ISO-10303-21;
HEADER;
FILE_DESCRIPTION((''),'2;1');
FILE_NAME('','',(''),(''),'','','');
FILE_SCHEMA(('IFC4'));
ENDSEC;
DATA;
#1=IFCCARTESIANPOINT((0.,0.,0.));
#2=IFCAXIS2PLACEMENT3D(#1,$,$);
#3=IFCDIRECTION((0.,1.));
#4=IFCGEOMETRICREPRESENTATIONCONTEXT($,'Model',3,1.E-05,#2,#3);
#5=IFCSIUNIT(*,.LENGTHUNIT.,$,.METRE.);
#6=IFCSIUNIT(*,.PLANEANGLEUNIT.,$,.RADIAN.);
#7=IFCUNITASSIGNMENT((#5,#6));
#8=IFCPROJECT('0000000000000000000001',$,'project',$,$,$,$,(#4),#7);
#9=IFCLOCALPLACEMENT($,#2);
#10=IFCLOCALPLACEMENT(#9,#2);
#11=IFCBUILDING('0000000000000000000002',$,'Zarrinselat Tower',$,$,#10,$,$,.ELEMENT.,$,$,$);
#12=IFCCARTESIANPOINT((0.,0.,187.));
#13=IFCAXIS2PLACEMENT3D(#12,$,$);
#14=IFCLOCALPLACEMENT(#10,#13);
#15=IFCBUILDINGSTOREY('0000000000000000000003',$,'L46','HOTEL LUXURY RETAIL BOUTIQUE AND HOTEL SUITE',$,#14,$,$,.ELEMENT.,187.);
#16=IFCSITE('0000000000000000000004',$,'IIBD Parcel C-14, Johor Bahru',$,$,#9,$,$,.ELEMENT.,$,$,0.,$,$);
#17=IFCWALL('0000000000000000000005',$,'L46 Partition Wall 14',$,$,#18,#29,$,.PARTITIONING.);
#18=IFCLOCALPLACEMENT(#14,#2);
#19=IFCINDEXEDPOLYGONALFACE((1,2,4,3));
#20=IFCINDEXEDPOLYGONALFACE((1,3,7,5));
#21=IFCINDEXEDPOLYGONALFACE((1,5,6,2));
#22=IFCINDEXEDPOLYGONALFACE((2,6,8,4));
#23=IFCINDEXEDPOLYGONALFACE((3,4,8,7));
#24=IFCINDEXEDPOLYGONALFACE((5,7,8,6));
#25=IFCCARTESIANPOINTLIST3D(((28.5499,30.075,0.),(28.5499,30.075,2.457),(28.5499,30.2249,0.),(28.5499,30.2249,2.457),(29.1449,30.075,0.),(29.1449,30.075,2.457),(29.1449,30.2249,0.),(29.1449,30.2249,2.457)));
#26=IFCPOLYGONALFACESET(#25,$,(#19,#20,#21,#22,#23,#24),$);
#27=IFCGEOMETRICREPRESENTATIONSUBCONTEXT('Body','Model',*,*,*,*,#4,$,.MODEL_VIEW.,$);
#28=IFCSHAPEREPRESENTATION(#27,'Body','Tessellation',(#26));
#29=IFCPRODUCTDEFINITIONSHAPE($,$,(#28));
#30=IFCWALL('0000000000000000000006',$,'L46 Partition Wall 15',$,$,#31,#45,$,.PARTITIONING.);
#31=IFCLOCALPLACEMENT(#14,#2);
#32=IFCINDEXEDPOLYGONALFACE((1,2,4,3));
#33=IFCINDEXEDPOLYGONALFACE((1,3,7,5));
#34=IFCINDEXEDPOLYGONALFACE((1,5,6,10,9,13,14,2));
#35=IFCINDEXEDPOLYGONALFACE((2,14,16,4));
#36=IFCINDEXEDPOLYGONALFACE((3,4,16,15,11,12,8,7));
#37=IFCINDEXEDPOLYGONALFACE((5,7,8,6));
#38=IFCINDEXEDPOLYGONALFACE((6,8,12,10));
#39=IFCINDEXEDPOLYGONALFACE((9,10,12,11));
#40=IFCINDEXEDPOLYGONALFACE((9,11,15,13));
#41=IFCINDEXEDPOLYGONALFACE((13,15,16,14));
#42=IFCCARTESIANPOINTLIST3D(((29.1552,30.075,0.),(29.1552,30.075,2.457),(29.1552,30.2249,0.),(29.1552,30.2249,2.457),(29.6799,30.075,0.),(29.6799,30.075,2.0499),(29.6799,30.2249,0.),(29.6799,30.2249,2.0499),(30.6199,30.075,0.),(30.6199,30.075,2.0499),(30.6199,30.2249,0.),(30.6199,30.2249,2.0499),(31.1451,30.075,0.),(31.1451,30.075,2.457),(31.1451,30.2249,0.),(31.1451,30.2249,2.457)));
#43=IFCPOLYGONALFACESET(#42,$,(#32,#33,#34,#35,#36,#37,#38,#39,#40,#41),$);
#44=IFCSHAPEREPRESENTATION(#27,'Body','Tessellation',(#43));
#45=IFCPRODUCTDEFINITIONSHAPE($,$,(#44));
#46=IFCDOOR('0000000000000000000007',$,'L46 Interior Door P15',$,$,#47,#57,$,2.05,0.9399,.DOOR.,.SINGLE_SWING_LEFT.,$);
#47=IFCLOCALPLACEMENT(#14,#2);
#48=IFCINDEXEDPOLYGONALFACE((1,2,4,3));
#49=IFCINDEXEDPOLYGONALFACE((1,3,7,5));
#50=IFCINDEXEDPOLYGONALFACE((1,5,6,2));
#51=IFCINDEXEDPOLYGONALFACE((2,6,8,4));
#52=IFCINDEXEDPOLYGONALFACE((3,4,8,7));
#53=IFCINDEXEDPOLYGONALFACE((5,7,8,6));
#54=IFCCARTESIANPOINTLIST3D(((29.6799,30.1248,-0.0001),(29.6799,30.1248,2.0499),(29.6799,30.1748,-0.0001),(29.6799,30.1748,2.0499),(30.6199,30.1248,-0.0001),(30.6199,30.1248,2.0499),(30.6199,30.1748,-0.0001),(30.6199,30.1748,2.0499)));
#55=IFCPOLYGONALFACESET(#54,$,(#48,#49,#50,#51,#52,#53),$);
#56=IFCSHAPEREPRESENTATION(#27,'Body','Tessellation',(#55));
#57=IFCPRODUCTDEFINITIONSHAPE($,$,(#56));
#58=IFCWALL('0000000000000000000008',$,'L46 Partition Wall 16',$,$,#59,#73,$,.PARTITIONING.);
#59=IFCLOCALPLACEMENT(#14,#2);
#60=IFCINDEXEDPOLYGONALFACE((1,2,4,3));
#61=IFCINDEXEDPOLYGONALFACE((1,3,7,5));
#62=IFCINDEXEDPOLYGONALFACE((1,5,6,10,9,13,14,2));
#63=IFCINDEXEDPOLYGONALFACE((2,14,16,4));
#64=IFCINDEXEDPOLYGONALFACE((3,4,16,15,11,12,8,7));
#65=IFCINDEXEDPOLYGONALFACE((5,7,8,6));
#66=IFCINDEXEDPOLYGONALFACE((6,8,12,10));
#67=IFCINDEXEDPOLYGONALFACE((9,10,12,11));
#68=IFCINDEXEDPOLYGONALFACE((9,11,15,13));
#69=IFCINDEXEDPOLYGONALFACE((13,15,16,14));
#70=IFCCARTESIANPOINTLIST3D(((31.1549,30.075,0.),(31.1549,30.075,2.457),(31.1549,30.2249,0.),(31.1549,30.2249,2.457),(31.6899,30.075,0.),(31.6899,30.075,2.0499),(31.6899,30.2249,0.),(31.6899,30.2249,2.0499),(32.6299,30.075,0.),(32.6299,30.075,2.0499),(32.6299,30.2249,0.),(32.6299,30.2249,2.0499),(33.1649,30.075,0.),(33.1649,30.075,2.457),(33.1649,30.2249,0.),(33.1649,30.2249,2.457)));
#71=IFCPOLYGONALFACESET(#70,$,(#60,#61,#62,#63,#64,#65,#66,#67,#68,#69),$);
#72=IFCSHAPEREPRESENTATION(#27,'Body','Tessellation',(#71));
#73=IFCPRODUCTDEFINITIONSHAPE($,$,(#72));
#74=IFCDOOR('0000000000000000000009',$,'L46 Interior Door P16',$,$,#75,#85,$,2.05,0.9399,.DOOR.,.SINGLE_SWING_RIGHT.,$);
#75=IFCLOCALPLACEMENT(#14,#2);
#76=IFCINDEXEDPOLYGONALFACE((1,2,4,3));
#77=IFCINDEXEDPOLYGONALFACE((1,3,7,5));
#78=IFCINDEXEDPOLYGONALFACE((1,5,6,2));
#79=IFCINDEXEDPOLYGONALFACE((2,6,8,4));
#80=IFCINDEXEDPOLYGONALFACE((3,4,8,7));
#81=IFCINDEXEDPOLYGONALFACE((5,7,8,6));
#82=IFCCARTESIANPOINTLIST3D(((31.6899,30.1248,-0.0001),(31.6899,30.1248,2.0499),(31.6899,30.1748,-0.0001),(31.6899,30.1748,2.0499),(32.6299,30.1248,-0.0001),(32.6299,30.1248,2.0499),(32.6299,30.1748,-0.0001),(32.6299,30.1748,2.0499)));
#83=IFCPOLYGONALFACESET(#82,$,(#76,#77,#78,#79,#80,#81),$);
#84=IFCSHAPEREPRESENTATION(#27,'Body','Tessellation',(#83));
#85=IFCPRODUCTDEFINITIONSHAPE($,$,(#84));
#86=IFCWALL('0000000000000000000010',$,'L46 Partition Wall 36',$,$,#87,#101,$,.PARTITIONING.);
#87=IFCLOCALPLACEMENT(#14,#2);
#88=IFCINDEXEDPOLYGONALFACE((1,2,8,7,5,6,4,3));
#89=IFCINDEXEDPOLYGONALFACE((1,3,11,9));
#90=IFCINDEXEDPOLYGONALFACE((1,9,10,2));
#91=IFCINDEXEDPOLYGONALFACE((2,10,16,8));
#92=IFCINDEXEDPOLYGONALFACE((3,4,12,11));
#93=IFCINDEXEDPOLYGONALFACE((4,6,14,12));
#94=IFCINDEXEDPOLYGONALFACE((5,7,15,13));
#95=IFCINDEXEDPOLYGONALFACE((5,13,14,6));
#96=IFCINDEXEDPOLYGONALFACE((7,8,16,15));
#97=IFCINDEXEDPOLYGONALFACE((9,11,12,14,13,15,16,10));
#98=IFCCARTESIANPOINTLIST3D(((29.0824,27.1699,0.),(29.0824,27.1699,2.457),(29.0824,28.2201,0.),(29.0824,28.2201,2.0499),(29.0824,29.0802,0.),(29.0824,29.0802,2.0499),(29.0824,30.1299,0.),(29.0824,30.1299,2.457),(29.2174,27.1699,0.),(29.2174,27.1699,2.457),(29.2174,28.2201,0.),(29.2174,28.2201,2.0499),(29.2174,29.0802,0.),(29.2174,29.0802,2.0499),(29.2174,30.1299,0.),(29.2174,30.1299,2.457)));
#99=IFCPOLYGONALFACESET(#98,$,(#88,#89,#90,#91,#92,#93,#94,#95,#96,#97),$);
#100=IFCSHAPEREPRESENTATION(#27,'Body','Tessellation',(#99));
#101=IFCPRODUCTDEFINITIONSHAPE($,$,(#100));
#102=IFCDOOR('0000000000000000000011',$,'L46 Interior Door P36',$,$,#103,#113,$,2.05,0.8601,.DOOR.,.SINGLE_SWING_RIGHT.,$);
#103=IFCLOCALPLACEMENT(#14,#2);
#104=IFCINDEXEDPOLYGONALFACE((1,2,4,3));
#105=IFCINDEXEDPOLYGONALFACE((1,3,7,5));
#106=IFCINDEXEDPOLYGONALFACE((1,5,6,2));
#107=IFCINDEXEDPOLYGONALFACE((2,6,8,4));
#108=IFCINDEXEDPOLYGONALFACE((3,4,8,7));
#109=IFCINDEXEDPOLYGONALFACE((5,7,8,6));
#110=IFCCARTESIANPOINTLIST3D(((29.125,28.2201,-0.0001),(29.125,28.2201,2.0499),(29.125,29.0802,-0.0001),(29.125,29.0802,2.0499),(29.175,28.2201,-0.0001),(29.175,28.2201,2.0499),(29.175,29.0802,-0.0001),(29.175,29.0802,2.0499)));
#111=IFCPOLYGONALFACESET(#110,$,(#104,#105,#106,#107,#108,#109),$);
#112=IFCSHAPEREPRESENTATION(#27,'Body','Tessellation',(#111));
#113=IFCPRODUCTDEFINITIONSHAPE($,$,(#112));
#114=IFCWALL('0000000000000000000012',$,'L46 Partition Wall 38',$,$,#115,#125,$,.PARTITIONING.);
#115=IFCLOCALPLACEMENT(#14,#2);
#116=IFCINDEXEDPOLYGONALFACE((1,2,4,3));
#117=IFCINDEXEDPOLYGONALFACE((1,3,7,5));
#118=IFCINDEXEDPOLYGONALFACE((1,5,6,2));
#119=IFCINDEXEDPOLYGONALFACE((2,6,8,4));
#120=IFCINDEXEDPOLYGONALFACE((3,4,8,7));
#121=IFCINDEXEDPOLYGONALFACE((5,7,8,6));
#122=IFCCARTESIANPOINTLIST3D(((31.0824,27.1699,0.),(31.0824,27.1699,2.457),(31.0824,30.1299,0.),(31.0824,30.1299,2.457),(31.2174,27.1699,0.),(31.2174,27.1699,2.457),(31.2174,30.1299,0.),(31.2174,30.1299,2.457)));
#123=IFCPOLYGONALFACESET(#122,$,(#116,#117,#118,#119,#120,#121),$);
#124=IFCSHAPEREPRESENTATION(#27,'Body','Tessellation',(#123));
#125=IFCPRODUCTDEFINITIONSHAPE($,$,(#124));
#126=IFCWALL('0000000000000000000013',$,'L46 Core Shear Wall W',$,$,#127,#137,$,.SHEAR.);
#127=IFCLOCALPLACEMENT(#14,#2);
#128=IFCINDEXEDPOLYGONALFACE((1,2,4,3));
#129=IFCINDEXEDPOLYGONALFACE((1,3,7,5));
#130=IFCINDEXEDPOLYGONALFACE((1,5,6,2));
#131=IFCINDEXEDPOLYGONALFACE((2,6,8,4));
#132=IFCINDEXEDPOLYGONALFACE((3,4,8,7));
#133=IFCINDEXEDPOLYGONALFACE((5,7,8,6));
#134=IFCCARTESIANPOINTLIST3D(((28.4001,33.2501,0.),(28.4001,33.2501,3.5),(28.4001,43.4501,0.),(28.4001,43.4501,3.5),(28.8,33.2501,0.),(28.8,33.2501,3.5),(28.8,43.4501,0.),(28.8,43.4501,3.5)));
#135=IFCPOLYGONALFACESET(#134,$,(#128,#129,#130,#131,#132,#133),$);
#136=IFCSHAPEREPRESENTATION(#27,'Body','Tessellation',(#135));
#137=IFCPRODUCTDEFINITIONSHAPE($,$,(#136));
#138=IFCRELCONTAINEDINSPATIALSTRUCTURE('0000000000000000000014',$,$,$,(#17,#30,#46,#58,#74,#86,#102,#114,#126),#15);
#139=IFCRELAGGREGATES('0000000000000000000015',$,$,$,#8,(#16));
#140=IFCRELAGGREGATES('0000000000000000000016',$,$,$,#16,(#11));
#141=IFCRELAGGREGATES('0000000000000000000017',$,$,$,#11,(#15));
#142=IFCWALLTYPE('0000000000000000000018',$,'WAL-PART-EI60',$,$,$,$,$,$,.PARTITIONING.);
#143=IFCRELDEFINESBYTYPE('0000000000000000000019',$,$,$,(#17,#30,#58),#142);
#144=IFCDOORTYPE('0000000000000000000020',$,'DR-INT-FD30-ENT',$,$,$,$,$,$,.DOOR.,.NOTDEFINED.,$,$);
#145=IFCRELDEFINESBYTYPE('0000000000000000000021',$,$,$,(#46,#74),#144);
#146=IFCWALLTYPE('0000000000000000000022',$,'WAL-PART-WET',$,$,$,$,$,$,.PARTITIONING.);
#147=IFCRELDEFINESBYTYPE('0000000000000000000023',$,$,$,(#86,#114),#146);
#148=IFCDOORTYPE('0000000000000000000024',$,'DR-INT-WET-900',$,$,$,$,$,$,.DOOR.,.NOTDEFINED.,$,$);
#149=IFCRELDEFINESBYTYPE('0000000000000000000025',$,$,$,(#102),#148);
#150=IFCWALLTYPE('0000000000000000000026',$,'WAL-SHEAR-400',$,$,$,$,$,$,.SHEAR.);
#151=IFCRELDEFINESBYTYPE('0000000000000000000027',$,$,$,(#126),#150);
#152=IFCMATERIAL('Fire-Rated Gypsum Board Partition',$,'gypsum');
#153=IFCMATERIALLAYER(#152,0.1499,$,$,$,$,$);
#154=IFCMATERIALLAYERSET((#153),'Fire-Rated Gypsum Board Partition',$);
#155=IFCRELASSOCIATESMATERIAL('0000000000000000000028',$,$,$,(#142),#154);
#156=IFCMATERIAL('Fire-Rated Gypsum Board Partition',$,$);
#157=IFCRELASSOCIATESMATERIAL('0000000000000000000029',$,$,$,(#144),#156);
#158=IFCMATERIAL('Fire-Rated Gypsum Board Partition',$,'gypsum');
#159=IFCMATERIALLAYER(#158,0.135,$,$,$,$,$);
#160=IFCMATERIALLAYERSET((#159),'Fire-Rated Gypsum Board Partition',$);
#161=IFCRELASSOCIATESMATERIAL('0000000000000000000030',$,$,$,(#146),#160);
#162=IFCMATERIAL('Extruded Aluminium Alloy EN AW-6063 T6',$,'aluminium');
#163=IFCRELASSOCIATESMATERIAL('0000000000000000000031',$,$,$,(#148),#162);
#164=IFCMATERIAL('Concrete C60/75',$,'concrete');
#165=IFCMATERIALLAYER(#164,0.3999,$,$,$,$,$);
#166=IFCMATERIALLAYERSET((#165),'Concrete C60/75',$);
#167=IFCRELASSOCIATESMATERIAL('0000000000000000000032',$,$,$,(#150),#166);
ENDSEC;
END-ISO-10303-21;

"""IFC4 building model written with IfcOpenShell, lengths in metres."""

from ifc_helpers import new_model, si_unit, direction, frame, frame_2d, origin, place, context, subcontext, project, spatial, rectangle, extrude, material, layer, layer_set, type_object, element, fill, save


model = new_model("IFC4")

# Units and contexts
model_context = context("Model", 3, precision=1e-05, world=origin(), true_north=direction((0.0, 1.0)))
body_context = subcontext(model_context, "Body", "Model", "MODEL_VIEW")
ifc_project = project(units=[si_unit("LENGTHUNIT", "METRE"), si_unit("PLANEANGLEUNIT", "RADIAN")], contexts=[model_context])

# Site, building, storey
site_placement = place(None, origin())
site = spatial("IfcSite", under=ifc_project, at=site_placement, Name="IIBD Parcel C-14, Johor Bahru", CompositionType="ELEMENT", RefElevation=0.0)
building_placement = place(site_placement, origin())
building = spatial("IfcBuilding", under=site, at=building_placement, Name="Zarrinselat Tower", CompositionType="ELEMENT")
storey_placement = place(building_placement, frame((0.0, 0.0, 187.0)))
storey = spatial("IfcBuildingStorey", under=building, at=storey_placement, Name="L46", Description="HOTEL LUXURY RETAIL BOUTIQUE AND HOTEL SUITE", CompositionType="ELEMENT", Elevation=187.0)

# Wall
ifc_material_1 = material(Name="Fire-Rated Gypsum Board Partition", Category="gypsum")
ifc_layer_1 = layer(ifc_material_1, 0.1499)
ifc_layer_set_1 = layer_set([ifc_layer_1], Name="Fire-Rated Gypsum Board Partition")
wall_type_1 = type_object("IfcWallType", Name="WAL-PART-EI60", PredefinedType="PARTITIONING", material=ifc_layer_set_1)
wall_1_placement = place(storey_placement, frame((28.55, 30.1499, 0.0), z_axis=(0.0, 0.0, 1.0), x_axis=(1.0, 0.0, 0.0)))
element("IfcWall", 1, at=wall_1_placement, inside=storey, type_object=wall_type_1, Name="L46 Partition Wall 14", PredefinedType="PARTITIONING", context=body_context, shape_type="SweptSolid", body=[
    extrude(rectangle(XDim=0.595, YDim=0.1499, at=frame_2d((0.2974, 0.0))), origin(), (0.0, 0.0, 1.0), 2.457),
])

# Walls, openings, doors
wall_2_placement = place(storey_placement, frame((29.155, 30.1499, 0.0), z_axis=(0.0, 0.0, 1.0), x_axis=(1.0, 0.0, 0.0)))
wall_2 = element("IfcWall", 2, at=wall_2_placement, inside=storey, type_object=wall_type_1, Name="L46 Partition Wall 15", PredefinedType="PARTITIONING", context=body_context, shape_type="SweptSolid", body=[
    extrude(rectangle(XDim=1.99, YDim=0.1499, at=frame_2d((0.9951, 0.0))), origin(), (0.0, 0.0, 1.0), 2.457),
])
opening_1_placement = place(wall_2_placement, frame((0.5249, 0.0, 0.0)))
opening_1 = element("IfcOpeningElement", 3, at=opening_1_placement, cuts=wall_2, PredefinedType="OPENING", context=body_context, shape_type="SweptSolid", body=[
    extrude(rectangle(XDim=0.9399, YDim=2.05, at=frame_2d((0.47, 1.0249))), frame((0.0, 0.085, 0.0), z_axis=(0.0, -1.0, 0.0), x_axis=(1.0, 0.0, 0.0)), (0.0, 0.0, 1.0), 0.1699),
])
ifc_material_2 = material(Name="Fire-Rated Gypsum Board Partition")
door_type_1 = type_object("IfcDoorType", Name="DR-INT-FD30-ENT", OperationType="NOTDEFINED", PredefinedType="DOOR", material=ifc_material_2)
door_1_placement = place(opening_1_placement, origin())
door_1 = element("IfcDoor", 4, at=door_1_placement, inside=storey, type_object=door_type_1, Name="L46 Interior Door P15", OperationType="SINGLE_SWING_LEFT", OverallHeight=2.05, OverallWidth=0.9399, PredefinedType="DOOR", context=body_context, shape_type="SweptSolid", body=[
    extrude(rectangle(XDim=0.9399, YDim=2.05, at=frame_2d((0.47, 1.0249))), frame((0.0, 0.0249, 0.0), z_axis=(0.0, -1.0, 0.0), x_axis=(1.0, 0.0, 0.0)), (0.0, 0.0, 1.0), 0.05),
])
fill(opening_1, door_1)
wall_3_placement = place(storey_placement, frame((31.155, 30.1499, 0.0), z_axis=(0.0, 0.0, 1.0), x_axis=(1.0, 0.0, 0.0)))
wall_3 = element("IfcWall", 5, at=wall_3_placement, inside=storey, type_object=wall_type_1, Name="L46 Partition Wall 16", PredefinedType="PARTITIONING", context=body_context, shape_type="SweptSolid", body=[
    extrude(rectangle(XDim=2.01, YDim=0.1499, at=frame_2d((1.0049, 0.0))), origin(), (0.0, 0.0, 1.0), 2.457),
])
opening_2_placement = place(wall_3_placement, frame((0.5349, 0.0, 0.0)))
opening_2 = element("IfcOpeningElement", 6, at=opening_2_placement, cuts=wall_3, PredefinedType="OPENING", context=body_context, shape_type="SweptSolid", body=[
    extrude(rectangle(XDim=0.9399, YDim=2.05, at=frame_2d((0.47, 1.0249))), frame((0.0, 0.085, 0.0), z_axis=(0.0, -1.0, 0.0), x_axis=(1.0, 0.0, 0.0)), (0.0, 0.0, 1.0), 0.1699),
])
door_2_placement = place(opening_2_placement, origin())
door_2 = element("IfcDoor", 7, at=door_2_placement, inside=storey, type_object=door_type_1, Name="L46 Interior Door P16", OperationType="SINGLE_SWING_RIGHT", OverallHeight=2.05, OverallWidth=0.9399, PredefinedType="DOOR", context=body_context, shape_type="SweptSolid", body=[
    extrude(rectangle(XDim=0.9399, YDim=2.05, at=frame_2d((0.47, 1.0249))), frame((0.0, 0.0249, 0.0), z_axis=(0.0, -1.0, 0.0), x_axis=(1.0, 0.0, 0.0)), (0.0, 0.0, 1.0), 0.05),
])
fill(opening_2, door_2)
ifc_material_3 = material(Name="Fire-Rated Gypsum Board Partition", Category="gypsum")
ifc_layer_2 = layer(ifc_material_3, 0.135)
ifc_layer_set_2 = layer_set([ifc_layer_2], Name="Fire-Rated Gypsum Board Partition")
wall_type_2 = type_object("IfcWallType", Name="WAL-PART-WET", PredefinedType="PARTITIONING", material=ifc_layer_set_2)
wall_4_placement = place(storey_placement, frame((29.1499, 27.1699, 0.0), z_axis=(0.0, 0.0, 1.0), x_axis=(0.0, 1.0, 0.0)))
wall_4 = element("IfcWall", 8, at=wall_4_placement, inside=storey, type_object=wall_type_2, Name="L46 Partition Wall 36", PredefinedType="PARTITIONING", context=body_context, shape_type="SweptSolid", body=[
    extrude(rectangle(XDim=2.96, YDim=0.135, at=frame_2d((1.48, 0.0))), origin(), (0.0, 0.0, 1.0), 2.457),
])
opening_3_placement = place(wall_4_placement, frame((1.05, 0.0, 0.0)))
opening_3 = element("IfcOpeningElement", 9, at=opening_3_placement, cuts=wall_4, PredefinedType="OPENING", context=body_context, shape_type="SweptSolid", body=[
    extrude(rectangle(XDim=0.8601, YDim=2.05, at=frame_2d((0.4302, 1.0249))), frame((0.0, 0.0774, 0.0), z_axis=(0.0, -1.0, 0.0), x_axis=(1.0, 0.0, 0.0)), (0.0, 0.0, 1.0), 0.155),
])
ifc_material_4 = material(Name="Extruded Aluminium Alloy EN AW-6063 T6", Category="aluminium")
door_type_2 = type_object("IfcDoorType", Name="DR-INT-WET-900", OperationType="NOTDEFINED", PredefinedType="DOOR", material=ifc_material_4)
door_3_placement = place(opening_3_placement, origin())
door_3 = element("IfcDoor", 10, at=door_3_placement, inside=storey, type_object=door_type_2, Name="L46 Interior Door P36", OperationType="SINGLE_SWING_RIGHT", OverallHeight=2.05, OverallWidth=0.8601, PredefinedType="DOOR", context=body_context, shape_type="SweptSolid", body=[
    extrude(rectangle(XDim=0.8601, YDim=2.05, at=frame_2d((0.4302, 1.0249))), frame((0.0, 0.0249, 0.0), z_axis=(0.0, -1.0, 0.0), x_axis=(1.0, 0.0, 0.0)), (0.0, 0.0, 1.0), 0.05),
])
fill(opening_3, door_3)

# Wall
wall_5_placement = place(storey_placement, frame((31.1499, 27.1699, 0.0), z_axis=(0.0, 0.0, 1.0), x_axis=(0.0, 1.0, 0.0)))
element("IfcWall", 11, at=wall_5_placement, inside=storey, type_object=wall_type_2, Name="L46 Partition Wall 38", PredefinedType="PARTITIONING", context=body_context, shape_type="SweptSolid", body=[
    extrude(rectangle(XDim=2.96, YDim=0.135, at=frame_2d((1.48, 0.0))), origin(), (0.0, 0.0, 1.0), 2.457),
])

# Shared definitions
ifc_material_5 = material(Name="Concrete C60/75", Category="concrete")
ifc_layer_3 = layer(ifc_material_5, 0.3999)
ifc_layer_set_3 = layer_set([ifc_layer_3], Name="Concrete C60/75")
wall_type_3 = type_object("IfcWallType", Name="WAL-SHEAR-400", PredefinedType="SHEAR", material=ifc_layer_set_3)

# Wall
wall_6_placement = place(storey_placement, frame((28.6001, 33.25, 0.0), z_axis=(0.0, 0.0, 1.0), x_axis=(0.0, 1.0, 0.0)))
element("IfcWall", 12, at=wall_6_placement, inside=storey, type_object=wall_type_3, Name="L46 Core Shear Wall W", PredefinedType="SHEAR", context=body_context, shape_type="SweptSolid", body=[
    extrude(rectangle(XDim=10.2, YDim=0.3999, at=frame_2d((5.1001, 0.0))), origin(), (0.0, 0.0, 1.0), 3.5),
])

save(model, "model.ifc")
